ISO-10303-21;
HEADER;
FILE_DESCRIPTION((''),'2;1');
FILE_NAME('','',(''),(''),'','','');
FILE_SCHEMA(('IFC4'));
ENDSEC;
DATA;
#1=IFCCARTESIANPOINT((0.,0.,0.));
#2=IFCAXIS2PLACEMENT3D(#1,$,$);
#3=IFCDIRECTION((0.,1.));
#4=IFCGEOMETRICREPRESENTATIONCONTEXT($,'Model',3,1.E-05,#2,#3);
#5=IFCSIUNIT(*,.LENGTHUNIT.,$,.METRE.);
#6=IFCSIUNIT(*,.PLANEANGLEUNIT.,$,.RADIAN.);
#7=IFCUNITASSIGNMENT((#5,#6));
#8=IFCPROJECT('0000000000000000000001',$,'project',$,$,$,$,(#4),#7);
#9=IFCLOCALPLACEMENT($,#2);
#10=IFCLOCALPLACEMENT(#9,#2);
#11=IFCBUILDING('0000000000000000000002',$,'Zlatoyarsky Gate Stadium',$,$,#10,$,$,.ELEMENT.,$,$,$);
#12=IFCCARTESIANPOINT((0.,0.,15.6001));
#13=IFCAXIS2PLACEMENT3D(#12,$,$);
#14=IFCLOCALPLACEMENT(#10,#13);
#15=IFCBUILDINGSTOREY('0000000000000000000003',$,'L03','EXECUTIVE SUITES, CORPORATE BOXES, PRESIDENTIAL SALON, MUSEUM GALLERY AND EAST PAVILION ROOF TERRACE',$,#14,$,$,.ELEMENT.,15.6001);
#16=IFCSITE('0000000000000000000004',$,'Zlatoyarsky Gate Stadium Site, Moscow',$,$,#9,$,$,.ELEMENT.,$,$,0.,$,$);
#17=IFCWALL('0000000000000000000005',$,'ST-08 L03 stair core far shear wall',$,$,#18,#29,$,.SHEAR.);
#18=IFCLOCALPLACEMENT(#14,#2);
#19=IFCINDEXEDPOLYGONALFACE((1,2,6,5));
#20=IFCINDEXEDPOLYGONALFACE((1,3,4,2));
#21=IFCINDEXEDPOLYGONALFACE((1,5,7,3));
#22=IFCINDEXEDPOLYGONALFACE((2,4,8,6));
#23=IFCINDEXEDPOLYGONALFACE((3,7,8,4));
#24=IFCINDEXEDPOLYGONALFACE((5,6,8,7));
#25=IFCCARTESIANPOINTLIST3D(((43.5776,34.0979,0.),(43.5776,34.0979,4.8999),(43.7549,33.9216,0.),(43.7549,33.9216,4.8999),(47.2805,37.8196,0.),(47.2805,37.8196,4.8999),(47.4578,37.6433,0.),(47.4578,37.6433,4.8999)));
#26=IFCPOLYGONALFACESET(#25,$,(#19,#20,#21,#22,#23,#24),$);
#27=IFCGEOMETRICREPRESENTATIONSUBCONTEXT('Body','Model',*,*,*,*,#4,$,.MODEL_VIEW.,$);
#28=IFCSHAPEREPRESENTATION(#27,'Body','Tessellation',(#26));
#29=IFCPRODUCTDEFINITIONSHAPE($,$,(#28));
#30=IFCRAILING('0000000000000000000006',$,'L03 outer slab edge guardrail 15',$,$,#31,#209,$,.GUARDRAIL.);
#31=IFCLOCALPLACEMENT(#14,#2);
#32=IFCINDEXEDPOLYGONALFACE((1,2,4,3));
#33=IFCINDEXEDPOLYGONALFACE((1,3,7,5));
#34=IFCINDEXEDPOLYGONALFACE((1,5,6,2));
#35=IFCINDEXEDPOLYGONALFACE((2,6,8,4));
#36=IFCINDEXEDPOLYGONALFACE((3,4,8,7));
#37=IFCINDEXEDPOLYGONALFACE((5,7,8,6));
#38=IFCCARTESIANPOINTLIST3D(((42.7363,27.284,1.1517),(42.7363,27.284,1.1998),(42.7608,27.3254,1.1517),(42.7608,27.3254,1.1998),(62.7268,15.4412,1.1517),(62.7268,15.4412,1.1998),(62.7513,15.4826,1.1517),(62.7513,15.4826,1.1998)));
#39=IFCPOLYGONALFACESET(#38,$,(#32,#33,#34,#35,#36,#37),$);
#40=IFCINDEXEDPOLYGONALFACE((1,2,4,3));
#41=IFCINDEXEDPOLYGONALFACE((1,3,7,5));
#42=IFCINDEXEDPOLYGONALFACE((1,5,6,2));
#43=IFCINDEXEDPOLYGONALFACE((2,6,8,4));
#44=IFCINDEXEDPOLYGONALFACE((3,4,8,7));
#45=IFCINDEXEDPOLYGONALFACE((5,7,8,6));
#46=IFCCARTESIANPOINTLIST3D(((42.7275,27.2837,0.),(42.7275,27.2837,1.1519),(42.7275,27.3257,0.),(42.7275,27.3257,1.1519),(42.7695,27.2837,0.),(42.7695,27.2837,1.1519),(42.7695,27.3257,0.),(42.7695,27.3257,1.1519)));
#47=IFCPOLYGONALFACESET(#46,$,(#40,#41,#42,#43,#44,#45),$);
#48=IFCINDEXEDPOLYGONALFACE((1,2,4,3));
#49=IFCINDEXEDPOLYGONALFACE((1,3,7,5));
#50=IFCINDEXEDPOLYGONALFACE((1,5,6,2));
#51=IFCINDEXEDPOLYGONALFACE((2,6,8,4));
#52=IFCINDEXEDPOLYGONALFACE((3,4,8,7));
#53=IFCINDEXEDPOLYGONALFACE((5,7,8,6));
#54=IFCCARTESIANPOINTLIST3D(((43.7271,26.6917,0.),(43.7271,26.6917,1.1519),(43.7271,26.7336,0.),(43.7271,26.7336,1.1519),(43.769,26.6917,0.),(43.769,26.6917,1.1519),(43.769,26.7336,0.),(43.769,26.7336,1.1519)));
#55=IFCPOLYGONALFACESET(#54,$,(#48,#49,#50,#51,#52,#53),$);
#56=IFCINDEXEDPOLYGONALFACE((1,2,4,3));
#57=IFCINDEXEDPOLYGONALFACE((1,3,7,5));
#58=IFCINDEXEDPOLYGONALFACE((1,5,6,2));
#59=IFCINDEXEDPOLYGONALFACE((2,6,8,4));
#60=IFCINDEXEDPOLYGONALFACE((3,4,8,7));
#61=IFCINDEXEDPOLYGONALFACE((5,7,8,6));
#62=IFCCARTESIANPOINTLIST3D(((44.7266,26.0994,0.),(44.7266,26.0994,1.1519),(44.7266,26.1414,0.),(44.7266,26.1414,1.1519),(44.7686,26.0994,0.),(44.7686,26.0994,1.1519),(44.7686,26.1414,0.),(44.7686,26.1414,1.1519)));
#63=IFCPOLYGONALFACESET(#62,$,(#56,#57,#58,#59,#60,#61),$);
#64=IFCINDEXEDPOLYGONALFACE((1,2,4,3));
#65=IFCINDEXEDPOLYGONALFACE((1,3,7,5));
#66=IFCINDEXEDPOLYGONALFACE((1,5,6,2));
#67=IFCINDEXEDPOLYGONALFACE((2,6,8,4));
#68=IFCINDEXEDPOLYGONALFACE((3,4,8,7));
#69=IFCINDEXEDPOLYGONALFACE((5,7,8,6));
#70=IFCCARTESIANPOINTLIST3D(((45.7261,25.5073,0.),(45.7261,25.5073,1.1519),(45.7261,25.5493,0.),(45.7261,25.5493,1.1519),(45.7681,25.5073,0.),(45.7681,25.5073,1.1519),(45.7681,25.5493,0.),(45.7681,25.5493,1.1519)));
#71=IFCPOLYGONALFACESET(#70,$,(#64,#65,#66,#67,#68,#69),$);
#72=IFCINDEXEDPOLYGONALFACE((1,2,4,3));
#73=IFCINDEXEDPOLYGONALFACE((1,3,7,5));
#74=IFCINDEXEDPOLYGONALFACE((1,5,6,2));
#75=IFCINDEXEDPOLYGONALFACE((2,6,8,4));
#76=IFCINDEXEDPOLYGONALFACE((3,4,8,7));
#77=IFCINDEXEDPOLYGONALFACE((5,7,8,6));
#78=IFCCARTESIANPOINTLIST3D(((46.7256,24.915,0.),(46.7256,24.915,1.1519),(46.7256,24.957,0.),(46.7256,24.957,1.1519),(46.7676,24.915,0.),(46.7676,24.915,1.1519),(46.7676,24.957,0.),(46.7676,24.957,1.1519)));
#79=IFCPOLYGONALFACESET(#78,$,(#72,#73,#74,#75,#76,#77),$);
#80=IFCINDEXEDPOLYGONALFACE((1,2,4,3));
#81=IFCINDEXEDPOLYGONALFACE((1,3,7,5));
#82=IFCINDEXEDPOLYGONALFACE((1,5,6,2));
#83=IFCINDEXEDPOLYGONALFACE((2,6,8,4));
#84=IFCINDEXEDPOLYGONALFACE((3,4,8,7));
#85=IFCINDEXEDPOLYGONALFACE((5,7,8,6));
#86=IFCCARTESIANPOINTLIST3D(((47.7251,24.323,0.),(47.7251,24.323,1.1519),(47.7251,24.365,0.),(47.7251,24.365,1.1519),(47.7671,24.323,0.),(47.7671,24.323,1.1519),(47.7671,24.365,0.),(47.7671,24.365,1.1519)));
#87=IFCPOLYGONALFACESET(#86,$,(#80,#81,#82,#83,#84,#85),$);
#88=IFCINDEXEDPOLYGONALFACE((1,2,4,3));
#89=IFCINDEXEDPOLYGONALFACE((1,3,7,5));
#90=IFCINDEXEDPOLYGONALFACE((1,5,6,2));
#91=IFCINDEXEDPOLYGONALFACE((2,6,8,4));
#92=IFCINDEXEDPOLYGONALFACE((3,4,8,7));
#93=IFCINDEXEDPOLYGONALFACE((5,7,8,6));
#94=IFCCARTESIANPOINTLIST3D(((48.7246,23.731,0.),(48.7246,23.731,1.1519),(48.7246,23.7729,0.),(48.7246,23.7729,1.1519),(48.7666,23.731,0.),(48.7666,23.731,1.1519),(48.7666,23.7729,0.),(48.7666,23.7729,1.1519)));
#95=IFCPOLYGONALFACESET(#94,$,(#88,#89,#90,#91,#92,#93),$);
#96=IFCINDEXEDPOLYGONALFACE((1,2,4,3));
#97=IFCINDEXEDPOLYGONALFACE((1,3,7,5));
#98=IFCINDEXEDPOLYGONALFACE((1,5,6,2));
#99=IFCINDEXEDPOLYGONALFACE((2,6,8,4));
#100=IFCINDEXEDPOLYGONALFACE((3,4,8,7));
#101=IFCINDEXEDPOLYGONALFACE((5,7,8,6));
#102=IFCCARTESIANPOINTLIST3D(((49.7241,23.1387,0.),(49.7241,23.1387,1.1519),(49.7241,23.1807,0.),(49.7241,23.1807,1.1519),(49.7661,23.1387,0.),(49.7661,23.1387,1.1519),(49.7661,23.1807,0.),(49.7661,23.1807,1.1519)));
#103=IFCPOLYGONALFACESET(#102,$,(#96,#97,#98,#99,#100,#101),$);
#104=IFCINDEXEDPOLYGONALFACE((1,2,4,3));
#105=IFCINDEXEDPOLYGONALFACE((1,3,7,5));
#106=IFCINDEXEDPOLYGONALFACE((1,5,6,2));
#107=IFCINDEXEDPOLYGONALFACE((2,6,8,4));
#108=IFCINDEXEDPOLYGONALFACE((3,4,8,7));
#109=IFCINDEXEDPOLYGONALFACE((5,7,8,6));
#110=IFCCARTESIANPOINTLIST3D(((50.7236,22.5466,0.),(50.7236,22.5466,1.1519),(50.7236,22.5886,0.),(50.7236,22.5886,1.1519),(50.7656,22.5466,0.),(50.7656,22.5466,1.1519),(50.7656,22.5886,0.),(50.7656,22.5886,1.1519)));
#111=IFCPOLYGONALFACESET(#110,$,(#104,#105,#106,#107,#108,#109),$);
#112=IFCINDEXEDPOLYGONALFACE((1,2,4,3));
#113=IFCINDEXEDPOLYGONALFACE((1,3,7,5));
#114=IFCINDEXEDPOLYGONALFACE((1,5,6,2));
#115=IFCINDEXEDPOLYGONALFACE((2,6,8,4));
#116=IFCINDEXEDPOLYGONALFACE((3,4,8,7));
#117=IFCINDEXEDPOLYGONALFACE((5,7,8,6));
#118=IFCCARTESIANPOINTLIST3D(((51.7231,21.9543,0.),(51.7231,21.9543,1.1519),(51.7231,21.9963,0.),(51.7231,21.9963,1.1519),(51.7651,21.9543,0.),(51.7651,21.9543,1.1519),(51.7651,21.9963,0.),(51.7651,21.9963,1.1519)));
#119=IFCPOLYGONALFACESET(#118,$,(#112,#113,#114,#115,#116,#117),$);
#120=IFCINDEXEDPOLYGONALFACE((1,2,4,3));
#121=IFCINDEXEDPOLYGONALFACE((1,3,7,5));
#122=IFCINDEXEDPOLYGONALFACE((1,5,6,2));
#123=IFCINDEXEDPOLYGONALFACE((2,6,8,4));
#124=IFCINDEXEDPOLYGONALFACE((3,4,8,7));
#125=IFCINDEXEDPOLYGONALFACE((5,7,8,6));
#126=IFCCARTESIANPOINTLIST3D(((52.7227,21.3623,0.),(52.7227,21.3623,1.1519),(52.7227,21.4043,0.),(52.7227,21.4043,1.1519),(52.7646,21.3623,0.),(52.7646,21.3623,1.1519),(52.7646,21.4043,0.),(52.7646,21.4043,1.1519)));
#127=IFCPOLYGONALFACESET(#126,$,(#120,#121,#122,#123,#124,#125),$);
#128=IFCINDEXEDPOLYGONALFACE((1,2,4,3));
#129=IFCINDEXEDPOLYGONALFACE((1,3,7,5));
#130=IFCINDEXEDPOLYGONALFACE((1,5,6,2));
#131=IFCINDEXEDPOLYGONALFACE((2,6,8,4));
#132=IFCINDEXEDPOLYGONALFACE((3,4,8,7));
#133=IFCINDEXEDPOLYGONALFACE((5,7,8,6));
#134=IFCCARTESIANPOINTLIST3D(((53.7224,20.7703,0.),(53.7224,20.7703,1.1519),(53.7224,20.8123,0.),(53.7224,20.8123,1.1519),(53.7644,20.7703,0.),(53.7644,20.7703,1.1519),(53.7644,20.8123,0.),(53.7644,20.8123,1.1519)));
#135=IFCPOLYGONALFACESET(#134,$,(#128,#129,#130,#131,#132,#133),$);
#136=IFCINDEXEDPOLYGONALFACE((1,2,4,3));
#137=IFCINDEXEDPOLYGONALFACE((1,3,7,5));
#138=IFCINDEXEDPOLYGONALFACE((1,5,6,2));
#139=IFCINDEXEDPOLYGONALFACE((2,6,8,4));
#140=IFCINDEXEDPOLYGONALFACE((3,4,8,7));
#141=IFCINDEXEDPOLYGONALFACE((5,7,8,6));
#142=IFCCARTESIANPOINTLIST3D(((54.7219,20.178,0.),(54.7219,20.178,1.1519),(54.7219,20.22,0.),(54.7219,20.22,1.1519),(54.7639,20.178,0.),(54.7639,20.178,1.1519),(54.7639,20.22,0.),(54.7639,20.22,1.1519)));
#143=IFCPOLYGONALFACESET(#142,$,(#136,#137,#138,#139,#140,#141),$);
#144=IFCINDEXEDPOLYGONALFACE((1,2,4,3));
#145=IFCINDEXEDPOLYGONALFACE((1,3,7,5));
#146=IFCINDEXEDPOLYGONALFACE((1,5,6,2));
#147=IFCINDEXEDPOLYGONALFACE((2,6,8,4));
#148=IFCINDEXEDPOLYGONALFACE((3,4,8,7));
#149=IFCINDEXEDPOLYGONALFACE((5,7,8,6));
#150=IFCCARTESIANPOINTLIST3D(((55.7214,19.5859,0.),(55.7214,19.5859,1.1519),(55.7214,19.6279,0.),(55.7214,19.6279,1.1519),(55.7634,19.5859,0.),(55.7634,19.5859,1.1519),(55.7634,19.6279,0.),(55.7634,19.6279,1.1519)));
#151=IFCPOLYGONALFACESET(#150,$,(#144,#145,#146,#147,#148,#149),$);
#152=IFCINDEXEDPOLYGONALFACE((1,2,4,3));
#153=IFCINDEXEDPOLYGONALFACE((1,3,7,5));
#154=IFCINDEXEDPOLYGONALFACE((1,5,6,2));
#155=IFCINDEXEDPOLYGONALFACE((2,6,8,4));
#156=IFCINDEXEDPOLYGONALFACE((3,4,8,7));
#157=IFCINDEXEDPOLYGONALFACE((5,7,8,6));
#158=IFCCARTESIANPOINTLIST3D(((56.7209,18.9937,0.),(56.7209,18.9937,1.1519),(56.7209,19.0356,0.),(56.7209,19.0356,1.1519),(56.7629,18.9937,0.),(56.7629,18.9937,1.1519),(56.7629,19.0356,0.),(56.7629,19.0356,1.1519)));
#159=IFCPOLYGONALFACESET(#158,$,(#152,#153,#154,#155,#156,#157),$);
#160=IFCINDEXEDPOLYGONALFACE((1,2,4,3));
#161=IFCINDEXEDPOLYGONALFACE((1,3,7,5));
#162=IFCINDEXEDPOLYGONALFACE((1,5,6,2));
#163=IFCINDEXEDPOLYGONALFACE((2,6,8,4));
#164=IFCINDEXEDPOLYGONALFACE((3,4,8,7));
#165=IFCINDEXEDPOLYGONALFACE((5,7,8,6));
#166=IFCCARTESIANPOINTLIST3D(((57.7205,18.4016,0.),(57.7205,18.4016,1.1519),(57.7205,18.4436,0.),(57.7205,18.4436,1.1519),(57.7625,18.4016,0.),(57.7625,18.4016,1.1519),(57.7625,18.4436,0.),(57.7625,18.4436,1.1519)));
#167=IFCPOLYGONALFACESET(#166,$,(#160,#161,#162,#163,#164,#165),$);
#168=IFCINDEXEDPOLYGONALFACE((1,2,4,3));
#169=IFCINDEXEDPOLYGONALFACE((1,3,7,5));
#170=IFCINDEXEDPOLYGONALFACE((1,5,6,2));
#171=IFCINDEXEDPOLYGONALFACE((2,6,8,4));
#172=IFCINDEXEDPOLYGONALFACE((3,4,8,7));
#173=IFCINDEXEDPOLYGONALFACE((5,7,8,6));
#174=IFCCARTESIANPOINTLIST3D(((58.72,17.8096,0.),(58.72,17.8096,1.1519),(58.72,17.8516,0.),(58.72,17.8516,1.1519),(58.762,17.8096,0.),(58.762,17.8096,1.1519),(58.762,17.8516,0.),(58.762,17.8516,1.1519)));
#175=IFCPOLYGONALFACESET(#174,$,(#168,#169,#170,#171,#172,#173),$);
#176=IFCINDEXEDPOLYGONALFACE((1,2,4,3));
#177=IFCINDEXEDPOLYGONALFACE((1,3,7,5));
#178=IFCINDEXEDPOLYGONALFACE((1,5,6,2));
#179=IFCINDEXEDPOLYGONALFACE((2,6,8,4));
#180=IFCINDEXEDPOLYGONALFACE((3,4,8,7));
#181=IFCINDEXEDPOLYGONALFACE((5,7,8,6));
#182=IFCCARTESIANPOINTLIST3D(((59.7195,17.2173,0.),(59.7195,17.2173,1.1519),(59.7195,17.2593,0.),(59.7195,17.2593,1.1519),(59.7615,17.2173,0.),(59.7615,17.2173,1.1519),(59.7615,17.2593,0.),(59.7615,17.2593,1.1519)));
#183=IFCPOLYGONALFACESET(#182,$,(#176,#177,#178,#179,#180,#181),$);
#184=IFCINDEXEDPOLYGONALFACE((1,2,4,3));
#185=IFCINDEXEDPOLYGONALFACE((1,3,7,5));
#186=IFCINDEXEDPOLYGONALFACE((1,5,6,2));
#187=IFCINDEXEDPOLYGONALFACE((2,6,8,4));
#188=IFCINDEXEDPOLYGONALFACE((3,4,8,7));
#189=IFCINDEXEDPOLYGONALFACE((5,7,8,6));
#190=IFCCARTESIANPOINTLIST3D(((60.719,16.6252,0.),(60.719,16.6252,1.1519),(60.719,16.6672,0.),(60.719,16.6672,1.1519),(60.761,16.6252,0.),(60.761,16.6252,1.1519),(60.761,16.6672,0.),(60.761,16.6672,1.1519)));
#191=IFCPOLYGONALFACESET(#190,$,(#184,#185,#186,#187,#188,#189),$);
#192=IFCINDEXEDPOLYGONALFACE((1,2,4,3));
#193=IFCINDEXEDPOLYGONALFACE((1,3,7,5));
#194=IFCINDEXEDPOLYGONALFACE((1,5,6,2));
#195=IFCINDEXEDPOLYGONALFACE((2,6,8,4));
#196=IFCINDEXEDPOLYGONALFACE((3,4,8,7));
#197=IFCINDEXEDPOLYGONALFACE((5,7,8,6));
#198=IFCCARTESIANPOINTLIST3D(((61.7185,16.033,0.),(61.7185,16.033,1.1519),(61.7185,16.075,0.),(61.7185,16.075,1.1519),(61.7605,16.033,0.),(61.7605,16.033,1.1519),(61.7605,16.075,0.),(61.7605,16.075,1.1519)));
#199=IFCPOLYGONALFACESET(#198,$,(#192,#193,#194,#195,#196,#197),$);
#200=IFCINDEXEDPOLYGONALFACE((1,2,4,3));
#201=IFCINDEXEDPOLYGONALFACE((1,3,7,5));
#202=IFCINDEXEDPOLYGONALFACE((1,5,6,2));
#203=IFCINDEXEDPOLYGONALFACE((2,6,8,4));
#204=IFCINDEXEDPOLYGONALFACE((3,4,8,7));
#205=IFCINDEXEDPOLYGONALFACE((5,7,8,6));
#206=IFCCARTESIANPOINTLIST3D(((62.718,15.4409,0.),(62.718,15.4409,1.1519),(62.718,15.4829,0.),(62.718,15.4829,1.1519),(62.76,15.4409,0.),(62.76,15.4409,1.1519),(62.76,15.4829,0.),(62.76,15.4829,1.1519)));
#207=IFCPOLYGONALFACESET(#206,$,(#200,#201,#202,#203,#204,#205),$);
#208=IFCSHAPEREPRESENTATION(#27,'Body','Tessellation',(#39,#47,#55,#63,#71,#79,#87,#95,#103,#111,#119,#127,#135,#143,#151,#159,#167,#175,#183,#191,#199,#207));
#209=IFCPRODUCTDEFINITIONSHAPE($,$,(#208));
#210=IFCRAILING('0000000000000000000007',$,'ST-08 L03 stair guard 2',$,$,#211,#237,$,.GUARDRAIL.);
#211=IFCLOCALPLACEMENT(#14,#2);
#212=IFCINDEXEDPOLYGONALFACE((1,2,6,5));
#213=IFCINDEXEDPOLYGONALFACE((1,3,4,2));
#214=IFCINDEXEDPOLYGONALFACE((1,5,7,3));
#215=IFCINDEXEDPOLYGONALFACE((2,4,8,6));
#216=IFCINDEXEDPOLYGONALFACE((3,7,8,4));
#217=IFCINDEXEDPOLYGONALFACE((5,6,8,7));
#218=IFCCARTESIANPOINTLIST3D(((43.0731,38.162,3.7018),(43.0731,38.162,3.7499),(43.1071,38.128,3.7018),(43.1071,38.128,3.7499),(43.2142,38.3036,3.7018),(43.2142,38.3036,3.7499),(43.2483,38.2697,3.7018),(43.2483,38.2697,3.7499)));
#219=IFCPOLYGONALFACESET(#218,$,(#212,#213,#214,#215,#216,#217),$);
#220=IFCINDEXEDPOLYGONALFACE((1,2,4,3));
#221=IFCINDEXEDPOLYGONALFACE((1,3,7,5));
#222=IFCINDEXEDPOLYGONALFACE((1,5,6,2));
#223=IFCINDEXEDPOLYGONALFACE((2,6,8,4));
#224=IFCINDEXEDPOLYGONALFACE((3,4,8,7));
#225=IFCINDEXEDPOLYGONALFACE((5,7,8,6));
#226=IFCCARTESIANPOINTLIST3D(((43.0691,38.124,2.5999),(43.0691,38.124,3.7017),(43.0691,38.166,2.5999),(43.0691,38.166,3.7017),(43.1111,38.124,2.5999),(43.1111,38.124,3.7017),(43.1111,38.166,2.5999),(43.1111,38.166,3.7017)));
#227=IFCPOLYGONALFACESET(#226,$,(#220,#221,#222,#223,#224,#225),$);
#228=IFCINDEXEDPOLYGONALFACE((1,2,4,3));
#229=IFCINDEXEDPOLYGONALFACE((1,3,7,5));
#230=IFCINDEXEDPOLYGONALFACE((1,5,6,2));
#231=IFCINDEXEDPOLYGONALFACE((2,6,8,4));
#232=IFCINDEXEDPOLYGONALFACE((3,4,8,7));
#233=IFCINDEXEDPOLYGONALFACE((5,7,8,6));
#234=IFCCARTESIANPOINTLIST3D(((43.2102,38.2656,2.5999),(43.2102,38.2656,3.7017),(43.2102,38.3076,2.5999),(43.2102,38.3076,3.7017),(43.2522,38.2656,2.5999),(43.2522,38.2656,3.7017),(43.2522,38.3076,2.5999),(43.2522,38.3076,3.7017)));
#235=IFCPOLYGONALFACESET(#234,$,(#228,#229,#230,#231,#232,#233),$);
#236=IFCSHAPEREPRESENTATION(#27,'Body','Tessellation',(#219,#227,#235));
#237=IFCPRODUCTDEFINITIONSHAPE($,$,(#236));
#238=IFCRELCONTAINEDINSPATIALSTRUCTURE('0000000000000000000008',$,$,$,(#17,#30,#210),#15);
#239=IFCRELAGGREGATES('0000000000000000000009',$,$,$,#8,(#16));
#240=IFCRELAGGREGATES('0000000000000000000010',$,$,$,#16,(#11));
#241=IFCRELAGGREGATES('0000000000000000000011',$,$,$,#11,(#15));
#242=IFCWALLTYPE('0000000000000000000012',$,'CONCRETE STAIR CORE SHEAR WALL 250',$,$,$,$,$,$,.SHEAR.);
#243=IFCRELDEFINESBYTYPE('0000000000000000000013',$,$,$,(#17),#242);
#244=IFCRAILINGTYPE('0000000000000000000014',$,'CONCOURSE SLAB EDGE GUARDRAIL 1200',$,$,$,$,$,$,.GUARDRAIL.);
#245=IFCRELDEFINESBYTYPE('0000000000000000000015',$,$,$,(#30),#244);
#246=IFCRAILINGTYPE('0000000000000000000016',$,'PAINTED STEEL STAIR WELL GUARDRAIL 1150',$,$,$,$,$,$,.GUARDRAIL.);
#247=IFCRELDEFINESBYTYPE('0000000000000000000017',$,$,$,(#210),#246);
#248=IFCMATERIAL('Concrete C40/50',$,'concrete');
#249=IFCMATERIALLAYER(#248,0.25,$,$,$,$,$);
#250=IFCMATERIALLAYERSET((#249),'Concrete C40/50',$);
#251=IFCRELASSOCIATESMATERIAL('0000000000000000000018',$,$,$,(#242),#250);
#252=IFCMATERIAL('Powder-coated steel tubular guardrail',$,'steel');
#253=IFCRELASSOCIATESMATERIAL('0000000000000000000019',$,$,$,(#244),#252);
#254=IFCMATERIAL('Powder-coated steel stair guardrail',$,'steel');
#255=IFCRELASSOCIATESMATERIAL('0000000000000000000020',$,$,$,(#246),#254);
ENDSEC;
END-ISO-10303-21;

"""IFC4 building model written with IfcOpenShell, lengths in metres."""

from ifc_helpers import new_model, si_unit, direction, frame, frame_2d, origin, origin_2d, place, context, subcontext, project, spatial, rectangle, extrude, material, layer, layer_set, type_object, element, save


model = new_model("IFC4")

# Units and contexts
model_context = context("Model", 3, precision=1e-05, world=origin(), true_north=direction((0.0, 1.0)))
body_context = subcontext(model_context, "Body", "Model", "MODEL_VIEW")
ifc_project = project(units=[si_unit("LENGTHUNIT", "METRE"), si_unit("PLANEANGLEUNIT", "RADIAN")], contexts=[model_context])

# Site, building, storey
site_placement = place(None, origin())
site = spatial("IfcSite", under=ifc_project, at=site_placement, Name="Zlatoyarsky Gate Stadium Site, Moscow", CompositionType="ELEMENT", RefElevation=0.0)
building_placement = place(site_placement, origin())
building = spatial("IfcBuilding", under=site, at=building_placement, Name="Zlatoyarsky Gate Stadium", CompositionType="ELEMENT")
storey_placement = place(building_placement, frame((0.0, 0.0, 15.6001)))
storey = spatial("IfcBuildingStorey", under=building, at=storey_placement, Name="L03", Description="EXECUTIVE SUITES, CORPORATE BOXES, PRESIDENTIAL SALON, MUSEUM GALLERY AND EAST PAVILION ROOF TERRACE", CompositionType="ELEMENT", Elevation=15.6001)

# Wall
ifc_material_1 = material(Name="Concrete C40/50", Category="concrete")
ifc_layer_1 = layer(ifc_material_1, 0.25)
ifc_layer_set_1 = layer_set([ifc_layer_1], Name="Concrete C40/50")
wall_type = type_object("IfcWallType", Name="CONCRETE STAIR CORE SHEAR WALL 250", PredefinedType="SHEAR", material=ifc_layer_set_1)
wall_placement = place(storey_placement, frame((43.6663, 34.0098, 0.0), z_axis=(0.0, 0.0, 1.0), x_axis=(0.705314, 0.708895, 0.0)))
element("IfcWall", 1, at=wall_placement, inside=storey, type_object=wall_type, Name="ST-08 L03 stair core far shear wall", PredefinedType="SHEAR", context=body_context, shape_type="SweptSolid", body=[
    extrude(rectangle(XDim=5.25, YDim=0.25, at=frame_2d((2.625, 0.0))), origin(), (0.0, 0.0, 1.0), 4.8999),
])

# Railings
ifc_material_2 = material(Name="Powder-coated steel tubular guardrail", Category="steel")
railing_type_1 = type_object("IfcRailingType", Name="CONCOURSE SLAB EDGE GUARDRAIL 1200", PredefinedType="GUARDRAIL", material=ifc_material_2)
railing_1_placement = place(storey_placement, frame((42.7485, 27.3047, 0.0)))
element("IfcRailing", 2, at=railing_1_placement, inside=storey, type_object=railing_type_1, Name="L03 outer slab edge guardrail 15", PredefinedType="GUARDRAIL", context=body_context, shape_type="SweptSolid", body=[
    extrude(rectangle(XDim=0.0481, YDim=0.0481, at=origin_2d()), frame((0.0, 0.0, 1.1758), z_axis=(0.860356, -0.509693, 0.0), x_axis=(0.509693, 0.860356, 0.0)), (0.0, 0.0, 1.0), 23.2351),
    extrude(rectangle(XDim=0.042, YDim=0.042, at=origin_2d()), origin(), (0.0, 0.0, 1.0), 1.1519),
    extrude(rectangle(XDim=0.042, YDim=0.042, at=origin_2d()), frame((0.9995, -0.592, 0.0)), (0.0, 0.0, 1.0), 1.1519),
    extrude(rectangle(XDim=0.042, YDim=0.042, at=origin_2d()), frame((1.999, -1.1843, 0.0)), (0.0, 0.0, 1.0), 1.1519),
    extrude(rectangle(XDim=0.042, YDim=0.042, at=origin_2d()), frame((2.9985, -1.7764, 0.0)), (0.0, 0.0, 1.0), 1.1519),
    extrude(rectangle(XDim=0.042, YDim=0.042, at=origin_2d()), frame((3.998, -2.3687, 0.0)), (0.0, 0.0, 1.0), 1.1519),
    extrude(rectangle(XDim=0.042, YDim=0.042, at=origin_2d()), frame((4.9976, -2.9607, 0.0)), (0.0, 0.0, 1.0), 1.1519),
    extrude(rectangle(XDim=0.042, YDim=0.042, at=origin_2d()), frame((5.9971, -3.5527, 0.0)), (0.0, 0.0, 1.0), 1.1519),
    extrude(rectangle(XDim=0.042, YDim=0.042, at=origin_2d()), frame((6.9966, -4.145, 0.0)), (0.0, 0.0, 1.0), 1.1519),
    extrude(rectangle(XDim=0.042, YDim=0.042, at=origin_2d()), frame((7.9961, -4.7371, 0.0)), (0.0, 0.0, 1.0), 1.1519),
    extrude(rectangle(XDim=0.042, YDim=0.042, at=origin_2d()), frame((8.9956, -5.3293, 0.0)), (0.0, 0.0, 1.0), 1.1519),
    extrude(rectangle(XDim=0.042, YDim=0.042, at=origin_2d()), frame((9.9951, -5.9214, 0.0)), (0.0, 0.0, 1.0), 1.1519),
    extrude(rectangle(XDim=0.042, YDim=0.042, at=origin_2d()), frame((10.9949, -6.5134, 0.0)), (0.0, 0.0, 1.0), 1.1519),
    extrude(rectangle(XDim=0.042, YDim=0.042, at=origin_2d()), frame((11.9944, -7.1057, 0.0)), (0.0, 0.0, 1.0), 1.1519),
    extrude(rectangle(XDim=0.042, YDim=0.042, at=origin_2d()), frame((12.9939, -7.6978, 0.0)), (0.0, 0.0, 1.0), 1.1519),
    extrude(rectangle(XDim=0.042, YDim=0.042, at=origin_2d()), frame((13.9934, -8.29, 0.0)), (0.0, 0.0, 1.0), 1.1519),
    extrude(rectangle(XDim=0.042, YDim=0.042, at=origin_2d()), frame((14.9929, -8.8821, 0.0)), (0.0, 0.0, 1.0), 1.1519),
    extrude(rectangle(XDim=0.042, YDim=0.042, at=origin_2d()), frame((15.9924, -9.4741, 0.0)), (0.0, 0.0, 1.0), 1.1519),
    extrude(rectangle(XDim=0.042, YDim=0.042, at=origin_2d()), frame((16.9919, -10.0664, 0.0)), (0.0, 0.0, 1.0), 1.1519),
    extrude(rectangle(XDim=0.042, YDim=0.042, at=origin_2d()), frame((17.9915, -10.6584, 0.0)), (0.0, 0.0, 1.0), 1.1519),
    extrude(rectangle(XDim=0.042, YDim=0.042, at=origin_2d()), frame((18.991, -11.2507, 0.0)), (0.0, 0.0, 1.0), 1.1519),
    extrude(rectangle(XDim=0.042, YDim=0.042, at=origin_2d()), frame((19.9905, -11.8428, 0.0)), (0.0, 0.0, 1.0), 1.1519),
])
ifc_material_3 = material(Name="Powder-coated steel stair guardrail", Category="steel")
railing_type_2 = type_object("IfcRailingType", Name="PAINTED STEEL STAIR WELL GUARDRAIL 1150", PredefinedType="GUARDRAIL", material=ifc_material_3)
railing_2_placement = place(storey_placement, frame((43.0901, 38.145, 2.5999)))
element("IfcRailing", 3, at=railing_2_placement, inside=storey, type_object=railing_type_2, Name="ST-08 L03 stair guard 2", PredefinedType="GUARDRAIL", context=body_context, shape_type="SweptSolid", body=[
    extrude(rectangle(XDim=0.0481, YDim=0.0481, at=origin_2d()), frame((0.0, 0.0, 1.126), z_axis=(0.705884, 0.708327, 0.0), x_axis=(-0.708327, 0.705884, 0.0)), (0.0, 0.0, 1.0), 0.2),
    extrude(rectangle(XDim=0.042, YDim=0.042, at=origin_2d()), origin(), (0.0, 0.0, 1.0), 1.1018),
    extrude(rectangle(XDim=0.042, YDim=0.042, at=origin_2d()), frame((0.1411, 0.1416, 0.0)), (0.0, 0.0, 1.0), 1.1018),
])

save(model, "model.ifc")
